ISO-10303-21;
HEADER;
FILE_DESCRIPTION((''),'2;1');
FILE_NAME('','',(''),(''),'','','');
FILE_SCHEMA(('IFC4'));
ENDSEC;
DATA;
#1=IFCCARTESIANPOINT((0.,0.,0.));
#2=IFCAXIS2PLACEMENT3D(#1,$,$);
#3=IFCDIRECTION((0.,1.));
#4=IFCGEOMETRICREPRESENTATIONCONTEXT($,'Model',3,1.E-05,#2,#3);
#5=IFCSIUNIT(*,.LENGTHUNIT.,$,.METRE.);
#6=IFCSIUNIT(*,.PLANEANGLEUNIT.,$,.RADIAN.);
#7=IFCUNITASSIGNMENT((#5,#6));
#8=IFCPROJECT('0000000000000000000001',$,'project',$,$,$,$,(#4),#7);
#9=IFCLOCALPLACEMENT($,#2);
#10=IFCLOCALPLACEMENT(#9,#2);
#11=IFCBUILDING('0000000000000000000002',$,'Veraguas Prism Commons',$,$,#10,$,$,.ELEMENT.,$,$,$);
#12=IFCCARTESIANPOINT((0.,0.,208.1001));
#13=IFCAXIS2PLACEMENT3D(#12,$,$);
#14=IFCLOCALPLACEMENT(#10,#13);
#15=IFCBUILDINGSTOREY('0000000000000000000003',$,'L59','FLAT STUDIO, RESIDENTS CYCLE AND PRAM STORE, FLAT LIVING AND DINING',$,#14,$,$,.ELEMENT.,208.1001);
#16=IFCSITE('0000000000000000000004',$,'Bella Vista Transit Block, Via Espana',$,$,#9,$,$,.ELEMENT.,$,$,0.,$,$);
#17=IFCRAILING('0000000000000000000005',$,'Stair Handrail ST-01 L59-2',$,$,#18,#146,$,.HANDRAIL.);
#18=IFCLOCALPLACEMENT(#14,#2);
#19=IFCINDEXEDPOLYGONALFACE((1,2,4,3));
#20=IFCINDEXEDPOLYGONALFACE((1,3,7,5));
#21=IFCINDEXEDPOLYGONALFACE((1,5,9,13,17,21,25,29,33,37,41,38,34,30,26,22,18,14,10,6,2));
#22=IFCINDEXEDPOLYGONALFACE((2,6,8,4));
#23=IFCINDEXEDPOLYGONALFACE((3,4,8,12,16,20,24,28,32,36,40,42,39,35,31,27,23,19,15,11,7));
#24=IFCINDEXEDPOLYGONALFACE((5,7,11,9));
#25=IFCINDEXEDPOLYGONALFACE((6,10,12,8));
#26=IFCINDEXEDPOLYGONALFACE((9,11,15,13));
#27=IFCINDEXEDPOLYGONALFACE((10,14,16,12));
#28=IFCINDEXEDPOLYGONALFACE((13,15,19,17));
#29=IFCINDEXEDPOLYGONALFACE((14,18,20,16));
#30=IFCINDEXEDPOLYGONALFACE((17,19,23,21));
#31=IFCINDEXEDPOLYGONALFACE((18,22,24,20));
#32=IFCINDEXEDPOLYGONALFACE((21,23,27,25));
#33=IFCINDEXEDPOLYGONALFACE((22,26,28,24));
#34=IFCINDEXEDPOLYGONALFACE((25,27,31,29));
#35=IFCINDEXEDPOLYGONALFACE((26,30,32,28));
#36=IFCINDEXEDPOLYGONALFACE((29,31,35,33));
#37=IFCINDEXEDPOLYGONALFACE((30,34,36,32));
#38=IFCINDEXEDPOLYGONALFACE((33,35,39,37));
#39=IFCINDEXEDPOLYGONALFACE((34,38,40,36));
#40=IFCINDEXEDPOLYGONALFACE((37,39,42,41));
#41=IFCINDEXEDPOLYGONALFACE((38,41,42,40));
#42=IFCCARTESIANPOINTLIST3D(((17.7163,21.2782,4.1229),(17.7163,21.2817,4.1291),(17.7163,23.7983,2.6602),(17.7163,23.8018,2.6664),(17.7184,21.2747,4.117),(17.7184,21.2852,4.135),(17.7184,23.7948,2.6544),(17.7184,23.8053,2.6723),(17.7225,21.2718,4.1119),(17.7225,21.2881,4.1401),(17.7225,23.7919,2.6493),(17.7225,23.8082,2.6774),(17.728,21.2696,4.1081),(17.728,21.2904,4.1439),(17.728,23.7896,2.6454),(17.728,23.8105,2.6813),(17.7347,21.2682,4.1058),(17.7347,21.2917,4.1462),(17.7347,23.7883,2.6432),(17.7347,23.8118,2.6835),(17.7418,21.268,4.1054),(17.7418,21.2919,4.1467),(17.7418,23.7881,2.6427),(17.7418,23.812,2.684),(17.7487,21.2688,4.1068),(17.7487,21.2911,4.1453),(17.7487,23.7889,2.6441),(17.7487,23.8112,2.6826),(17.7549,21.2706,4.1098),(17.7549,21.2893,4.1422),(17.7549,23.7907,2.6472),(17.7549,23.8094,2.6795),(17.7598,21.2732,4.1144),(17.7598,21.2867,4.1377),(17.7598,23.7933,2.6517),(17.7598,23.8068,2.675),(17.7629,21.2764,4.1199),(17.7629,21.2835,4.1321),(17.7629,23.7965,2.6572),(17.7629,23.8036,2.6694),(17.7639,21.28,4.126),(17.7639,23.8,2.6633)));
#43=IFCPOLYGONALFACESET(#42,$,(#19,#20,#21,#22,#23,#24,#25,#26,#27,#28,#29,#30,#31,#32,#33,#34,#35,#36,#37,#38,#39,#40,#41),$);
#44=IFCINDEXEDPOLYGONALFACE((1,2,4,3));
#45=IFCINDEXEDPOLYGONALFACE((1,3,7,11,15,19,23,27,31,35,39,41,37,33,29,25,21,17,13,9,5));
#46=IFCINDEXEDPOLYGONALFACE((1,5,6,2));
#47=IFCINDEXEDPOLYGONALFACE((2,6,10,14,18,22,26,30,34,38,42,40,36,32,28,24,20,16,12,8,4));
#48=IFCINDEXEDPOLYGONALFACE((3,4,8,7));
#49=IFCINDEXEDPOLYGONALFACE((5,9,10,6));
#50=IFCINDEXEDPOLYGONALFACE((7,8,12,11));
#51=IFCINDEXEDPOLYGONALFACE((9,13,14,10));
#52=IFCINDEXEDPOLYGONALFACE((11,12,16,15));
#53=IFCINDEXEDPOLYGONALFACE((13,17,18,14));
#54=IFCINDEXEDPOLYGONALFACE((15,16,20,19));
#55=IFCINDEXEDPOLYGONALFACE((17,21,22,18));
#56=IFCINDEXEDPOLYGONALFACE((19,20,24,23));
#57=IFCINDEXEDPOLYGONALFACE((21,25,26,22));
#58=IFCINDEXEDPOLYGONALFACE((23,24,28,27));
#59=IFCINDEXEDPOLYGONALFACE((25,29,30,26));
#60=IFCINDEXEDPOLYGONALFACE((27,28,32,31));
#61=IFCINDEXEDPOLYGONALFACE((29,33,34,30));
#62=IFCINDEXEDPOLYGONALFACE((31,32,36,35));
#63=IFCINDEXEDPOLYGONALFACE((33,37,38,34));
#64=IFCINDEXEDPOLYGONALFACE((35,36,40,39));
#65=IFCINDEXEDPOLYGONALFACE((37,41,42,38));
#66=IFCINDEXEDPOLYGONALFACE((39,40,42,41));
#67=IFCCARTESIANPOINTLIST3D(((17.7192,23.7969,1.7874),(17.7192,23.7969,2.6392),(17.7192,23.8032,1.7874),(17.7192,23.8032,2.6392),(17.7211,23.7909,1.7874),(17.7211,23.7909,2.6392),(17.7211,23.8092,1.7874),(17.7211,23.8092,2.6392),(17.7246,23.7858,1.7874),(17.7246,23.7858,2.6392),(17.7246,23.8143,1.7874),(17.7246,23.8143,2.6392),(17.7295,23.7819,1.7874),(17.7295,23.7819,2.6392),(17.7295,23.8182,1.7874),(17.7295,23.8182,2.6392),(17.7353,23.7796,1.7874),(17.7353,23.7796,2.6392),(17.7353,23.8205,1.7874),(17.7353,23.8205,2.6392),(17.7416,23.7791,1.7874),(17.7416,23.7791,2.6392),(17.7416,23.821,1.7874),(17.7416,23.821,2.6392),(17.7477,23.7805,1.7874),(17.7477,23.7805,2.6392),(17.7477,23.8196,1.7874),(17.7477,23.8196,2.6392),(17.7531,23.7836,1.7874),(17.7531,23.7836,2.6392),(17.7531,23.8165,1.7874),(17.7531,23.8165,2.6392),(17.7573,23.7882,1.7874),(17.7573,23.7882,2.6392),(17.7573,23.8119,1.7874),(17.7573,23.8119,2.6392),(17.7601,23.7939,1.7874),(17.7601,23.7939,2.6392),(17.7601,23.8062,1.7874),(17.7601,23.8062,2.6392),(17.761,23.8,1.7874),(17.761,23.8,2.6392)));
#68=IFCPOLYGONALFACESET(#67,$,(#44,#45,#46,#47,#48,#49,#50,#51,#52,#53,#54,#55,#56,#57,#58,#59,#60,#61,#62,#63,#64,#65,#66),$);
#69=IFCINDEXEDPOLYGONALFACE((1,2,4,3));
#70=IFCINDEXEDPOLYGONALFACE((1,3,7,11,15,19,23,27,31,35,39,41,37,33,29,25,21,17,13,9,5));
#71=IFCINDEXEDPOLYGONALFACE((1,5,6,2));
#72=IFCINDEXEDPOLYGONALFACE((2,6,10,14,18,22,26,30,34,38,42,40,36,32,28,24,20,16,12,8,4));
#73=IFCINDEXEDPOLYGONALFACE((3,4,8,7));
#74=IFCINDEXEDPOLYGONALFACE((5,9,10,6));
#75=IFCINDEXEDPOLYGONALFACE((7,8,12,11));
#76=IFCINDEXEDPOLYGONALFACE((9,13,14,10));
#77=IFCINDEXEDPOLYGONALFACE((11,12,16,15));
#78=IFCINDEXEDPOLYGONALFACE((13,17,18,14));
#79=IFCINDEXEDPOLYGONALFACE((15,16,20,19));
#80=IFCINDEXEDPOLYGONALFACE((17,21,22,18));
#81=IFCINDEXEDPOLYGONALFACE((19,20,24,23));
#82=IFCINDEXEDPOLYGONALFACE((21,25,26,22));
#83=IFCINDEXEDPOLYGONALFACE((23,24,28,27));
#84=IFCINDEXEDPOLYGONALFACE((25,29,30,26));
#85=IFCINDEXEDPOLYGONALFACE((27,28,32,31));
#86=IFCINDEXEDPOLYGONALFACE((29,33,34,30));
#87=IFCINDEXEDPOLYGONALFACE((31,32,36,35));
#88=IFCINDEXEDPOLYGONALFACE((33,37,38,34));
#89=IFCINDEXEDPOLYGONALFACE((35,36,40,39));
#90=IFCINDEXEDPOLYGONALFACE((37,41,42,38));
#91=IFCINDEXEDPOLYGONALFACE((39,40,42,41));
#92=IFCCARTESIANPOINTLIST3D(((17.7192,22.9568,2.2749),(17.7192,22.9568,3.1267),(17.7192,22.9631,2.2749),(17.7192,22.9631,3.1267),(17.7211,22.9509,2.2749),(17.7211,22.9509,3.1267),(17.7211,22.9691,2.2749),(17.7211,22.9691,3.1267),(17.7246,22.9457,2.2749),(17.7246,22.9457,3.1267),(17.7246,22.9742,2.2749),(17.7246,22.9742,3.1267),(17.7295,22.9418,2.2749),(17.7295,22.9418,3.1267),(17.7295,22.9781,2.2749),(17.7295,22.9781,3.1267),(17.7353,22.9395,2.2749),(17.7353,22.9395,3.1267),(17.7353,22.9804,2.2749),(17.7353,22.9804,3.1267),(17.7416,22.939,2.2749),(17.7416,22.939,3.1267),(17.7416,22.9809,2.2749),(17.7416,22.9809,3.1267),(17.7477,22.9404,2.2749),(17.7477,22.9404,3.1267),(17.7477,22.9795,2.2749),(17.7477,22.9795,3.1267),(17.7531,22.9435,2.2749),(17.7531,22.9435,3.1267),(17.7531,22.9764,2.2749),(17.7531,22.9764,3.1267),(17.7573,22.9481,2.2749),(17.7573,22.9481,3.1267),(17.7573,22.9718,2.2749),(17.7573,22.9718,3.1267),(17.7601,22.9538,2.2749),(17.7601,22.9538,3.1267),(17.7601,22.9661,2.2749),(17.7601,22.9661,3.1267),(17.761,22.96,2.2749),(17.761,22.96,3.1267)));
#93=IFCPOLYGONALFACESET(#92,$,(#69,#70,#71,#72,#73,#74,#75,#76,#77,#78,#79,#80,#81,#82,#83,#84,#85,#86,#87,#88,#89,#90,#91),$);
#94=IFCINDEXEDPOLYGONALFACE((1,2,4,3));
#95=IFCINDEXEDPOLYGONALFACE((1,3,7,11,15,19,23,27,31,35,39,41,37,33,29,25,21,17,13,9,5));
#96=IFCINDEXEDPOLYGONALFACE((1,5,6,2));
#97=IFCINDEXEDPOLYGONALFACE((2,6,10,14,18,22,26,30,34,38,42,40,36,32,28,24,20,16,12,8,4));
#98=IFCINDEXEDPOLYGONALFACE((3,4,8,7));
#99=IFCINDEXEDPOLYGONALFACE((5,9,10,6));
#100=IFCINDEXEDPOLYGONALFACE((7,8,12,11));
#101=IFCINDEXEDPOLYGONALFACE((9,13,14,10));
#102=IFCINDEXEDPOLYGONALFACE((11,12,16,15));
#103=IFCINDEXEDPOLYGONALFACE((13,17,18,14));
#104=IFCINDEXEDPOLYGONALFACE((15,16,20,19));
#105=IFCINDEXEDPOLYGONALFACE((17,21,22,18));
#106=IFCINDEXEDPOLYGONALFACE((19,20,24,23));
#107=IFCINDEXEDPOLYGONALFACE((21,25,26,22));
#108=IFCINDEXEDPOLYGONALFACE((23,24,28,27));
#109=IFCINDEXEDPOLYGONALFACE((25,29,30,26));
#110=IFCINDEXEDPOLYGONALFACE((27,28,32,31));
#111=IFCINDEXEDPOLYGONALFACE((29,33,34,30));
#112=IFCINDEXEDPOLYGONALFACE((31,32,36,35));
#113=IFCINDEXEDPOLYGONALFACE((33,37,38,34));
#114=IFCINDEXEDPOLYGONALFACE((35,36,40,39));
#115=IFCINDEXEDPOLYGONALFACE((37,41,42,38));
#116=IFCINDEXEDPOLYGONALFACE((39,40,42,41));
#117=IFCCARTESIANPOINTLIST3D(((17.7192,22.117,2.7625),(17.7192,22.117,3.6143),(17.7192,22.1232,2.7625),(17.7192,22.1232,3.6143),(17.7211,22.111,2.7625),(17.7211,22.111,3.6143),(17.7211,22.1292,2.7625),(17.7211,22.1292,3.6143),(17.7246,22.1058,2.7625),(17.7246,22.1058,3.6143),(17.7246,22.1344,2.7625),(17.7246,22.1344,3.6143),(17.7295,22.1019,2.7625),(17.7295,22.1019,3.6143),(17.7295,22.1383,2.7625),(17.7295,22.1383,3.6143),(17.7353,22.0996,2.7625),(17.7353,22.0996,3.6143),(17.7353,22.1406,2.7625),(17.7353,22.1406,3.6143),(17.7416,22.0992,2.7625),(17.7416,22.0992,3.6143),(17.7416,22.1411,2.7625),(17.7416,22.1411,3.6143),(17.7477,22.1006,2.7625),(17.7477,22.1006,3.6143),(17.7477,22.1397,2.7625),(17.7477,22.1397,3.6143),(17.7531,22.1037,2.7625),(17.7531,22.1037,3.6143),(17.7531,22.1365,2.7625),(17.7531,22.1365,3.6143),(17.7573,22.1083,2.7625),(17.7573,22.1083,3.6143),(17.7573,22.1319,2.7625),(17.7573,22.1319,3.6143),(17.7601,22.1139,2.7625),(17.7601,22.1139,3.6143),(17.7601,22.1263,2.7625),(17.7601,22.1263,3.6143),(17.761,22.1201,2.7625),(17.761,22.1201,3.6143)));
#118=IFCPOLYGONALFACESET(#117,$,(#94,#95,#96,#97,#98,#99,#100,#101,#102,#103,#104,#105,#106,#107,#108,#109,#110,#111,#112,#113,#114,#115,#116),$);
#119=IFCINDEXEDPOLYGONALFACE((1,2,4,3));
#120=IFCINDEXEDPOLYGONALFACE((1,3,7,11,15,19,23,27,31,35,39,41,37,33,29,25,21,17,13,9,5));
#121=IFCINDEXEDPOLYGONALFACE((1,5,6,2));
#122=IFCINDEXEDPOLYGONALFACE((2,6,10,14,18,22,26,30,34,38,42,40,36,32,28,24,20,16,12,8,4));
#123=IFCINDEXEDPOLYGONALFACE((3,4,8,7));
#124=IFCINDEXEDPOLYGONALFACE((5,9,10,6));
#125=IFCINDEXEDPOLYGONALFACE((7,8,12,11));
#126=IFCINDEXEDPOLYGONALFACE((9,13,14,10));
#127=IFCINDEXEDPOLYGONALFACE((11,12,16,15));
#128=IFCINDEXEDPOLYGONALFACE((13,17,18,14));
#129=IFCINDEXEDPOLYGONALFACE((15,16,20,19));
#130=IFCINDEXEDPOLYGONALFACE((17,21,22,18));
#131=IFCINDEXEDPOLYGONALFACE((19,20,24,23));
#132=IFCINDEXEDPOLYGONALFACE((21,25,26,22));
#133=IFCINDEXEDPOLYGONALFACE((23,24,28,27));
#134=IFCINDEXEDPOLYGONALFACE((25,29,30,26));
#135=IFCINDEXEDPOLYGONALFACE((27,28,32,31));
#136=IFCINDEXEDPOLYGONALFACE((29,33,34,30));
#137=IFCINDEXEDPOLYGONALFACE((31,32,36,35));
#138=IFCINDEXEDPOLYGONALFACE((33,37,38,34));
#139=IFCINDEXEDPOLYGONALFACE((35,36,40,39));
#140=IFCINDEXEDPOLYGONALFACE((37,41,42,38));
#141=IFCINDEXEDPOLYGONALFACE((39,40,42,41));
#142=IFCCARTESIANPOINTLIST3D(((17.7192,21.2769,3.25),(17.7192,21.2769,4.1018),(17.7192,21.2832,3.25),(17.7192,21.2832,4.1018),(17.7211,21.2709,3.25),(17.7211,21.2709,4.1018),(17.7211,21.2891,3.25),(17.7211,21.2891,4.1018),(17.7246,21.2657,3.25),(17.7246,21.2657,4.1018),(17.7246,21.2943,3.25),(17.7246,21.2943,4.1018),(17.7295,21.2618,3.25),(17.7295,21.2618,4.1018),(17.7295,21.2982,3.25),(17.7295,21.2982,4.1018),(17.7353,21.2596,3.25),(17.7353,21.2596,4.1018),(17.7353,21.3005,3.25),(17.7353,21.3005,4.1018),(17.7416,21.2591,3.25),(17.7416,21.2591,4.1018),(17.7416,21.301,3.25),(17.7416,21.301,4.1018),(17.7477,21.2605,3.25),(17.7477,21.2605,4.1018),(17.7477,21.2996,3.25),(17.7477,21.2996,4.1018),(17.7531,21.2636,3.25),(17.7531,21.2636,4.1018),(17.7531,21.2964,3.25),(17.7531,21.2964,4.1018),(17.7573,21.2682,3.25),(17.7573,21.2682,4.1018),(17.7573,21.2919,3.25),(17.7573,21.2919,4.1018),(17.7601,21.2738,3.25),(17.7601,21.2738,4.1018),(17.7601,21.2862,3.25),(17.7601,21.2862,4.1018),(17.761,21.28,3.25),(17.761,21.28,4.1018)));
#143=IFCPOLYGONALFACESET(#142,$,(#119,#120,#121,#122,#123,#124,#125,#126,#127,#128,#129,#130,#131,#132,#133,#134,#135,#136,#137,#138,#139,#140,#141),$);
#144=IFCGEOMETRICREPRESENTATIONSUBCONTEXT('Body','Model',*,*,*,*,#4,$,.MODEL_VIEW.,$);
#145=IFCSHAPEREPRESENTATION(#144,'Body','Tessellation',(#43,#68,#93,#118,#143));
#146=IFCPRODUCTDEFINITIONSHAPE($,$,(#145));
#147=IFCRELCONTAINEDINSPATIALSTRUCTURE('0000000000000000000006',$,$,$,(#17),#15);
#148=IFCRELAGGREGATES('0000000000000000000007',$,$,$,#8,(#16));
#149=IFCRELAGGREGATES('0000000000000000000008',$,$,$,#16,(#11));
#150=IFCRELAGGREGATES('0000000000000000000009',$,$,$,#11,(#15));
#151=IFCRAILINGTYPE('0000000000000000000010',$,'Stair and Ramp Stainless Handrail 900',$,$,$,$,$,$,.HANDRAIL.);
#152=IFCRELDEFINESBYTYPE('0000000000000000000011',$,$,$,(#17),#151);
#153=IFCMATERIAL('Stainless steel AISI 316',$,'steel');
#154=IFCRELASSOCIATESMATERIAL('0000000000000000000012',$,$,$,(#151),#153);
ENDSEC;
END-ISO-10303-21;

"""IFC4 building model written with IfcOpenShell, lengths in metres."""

from ifc_helpers import new_model, si_unit, direction, frame, origin, origin_2d, place, context, subcontext, project, spatial, circle, extrude, material, type_object, element, save


model = new_model("IFC4")

# Units and contexts
model_context = context("Model", 3, precision=1e-05, world=origin(), true_north=direction((0.0, 1.0)))
body_context = subcontext(model_context, "Body", "Model", "MODEL_VIEW")
ifc_project = project(units=[si_unit("LENGTHUNIT", "METRE"), si_unit("PLANEANGLEUNIT", "RADIAN")], contexts=[model_context])

# Site, building, storey
site_placement = place(None, origin())
site = spatial("IfcSite", under=ifc_project, at=site_placement, Name="Bella Vista Transit Block, Via Espana", CompositionType="ELEMENT", RefElevation=0.0)
building_placement = place(site_placement, origin())
building = spatial("IfcBuilding", under=site, at=building_placement, Name="Veraguas Prism Commons", CompositionType="ELEMENT")
storey_placement = place(building_placement, frame((0.0, 0.0, 208.1001)))
storey = spatial("IfcBuildingStorey", under=building, at=storey_placement, Name="L59", Description="FLAT STUDIO, RESIDENTS CYCLE AND PRAM STORE, FLAT LIVING AND DINING", CompositionType="ELEMENT", Elevation=208.1001)

# Shared definitions
ifc_material_1 = material(Name="Stainless steel AISI 316", Category="steel")

# Railing
railing_type_1 = type_object("IfcRailingType", Name="Stair and Ramp Stainless Handrail 900", PredefinedType="HANDRAIL", material=ifc_material_1)
railing_1_placement = place(storey_placement, frame((17.74, 23.8, 1.7874)))
element("IfcRailing", 1, at=railing_1_placement, inside=storey, type_object=railing_type_1, Name="Stair Handrail ST-01 L59-2", PredefinedType="HANDRAIL", context=body_context, shape_type="SweptSolid", body=[
    extrude(circle(Radius=0.0239, at=origin_2d()), frame((0.0, 0.0, 0.876), z_axis=(0.0, -0.864877, 0.501984), x_axis=(1.0, 0.0, 0.0)), (0.0, 0.0, 1.0), 2.9138),
    extrude(circle(Radius=0.021, at=origin_2d()), origin(), (0.0, 0.0, 1.0), 0.8518),
    extrude(circle(Radius=0.021, at=origin_2d()), frame((0.0, -0.8401, 0.4875)), (0.0, 0.0, 1.0), 0.8518),
    extrude(circle(Radius=0.021, at=origin_2d()), frame((0.0, -1.6799, 0.9751)), (0.0, 0.0, 1.0), 0.8518),
    extrude(circle(Radius=0.021, at=origin_2d()), frame((0.0, -2.52, 1.4626)), (0.0, 0.0, 1.0), 0.8518),
])

save(model, "model.ifc")
